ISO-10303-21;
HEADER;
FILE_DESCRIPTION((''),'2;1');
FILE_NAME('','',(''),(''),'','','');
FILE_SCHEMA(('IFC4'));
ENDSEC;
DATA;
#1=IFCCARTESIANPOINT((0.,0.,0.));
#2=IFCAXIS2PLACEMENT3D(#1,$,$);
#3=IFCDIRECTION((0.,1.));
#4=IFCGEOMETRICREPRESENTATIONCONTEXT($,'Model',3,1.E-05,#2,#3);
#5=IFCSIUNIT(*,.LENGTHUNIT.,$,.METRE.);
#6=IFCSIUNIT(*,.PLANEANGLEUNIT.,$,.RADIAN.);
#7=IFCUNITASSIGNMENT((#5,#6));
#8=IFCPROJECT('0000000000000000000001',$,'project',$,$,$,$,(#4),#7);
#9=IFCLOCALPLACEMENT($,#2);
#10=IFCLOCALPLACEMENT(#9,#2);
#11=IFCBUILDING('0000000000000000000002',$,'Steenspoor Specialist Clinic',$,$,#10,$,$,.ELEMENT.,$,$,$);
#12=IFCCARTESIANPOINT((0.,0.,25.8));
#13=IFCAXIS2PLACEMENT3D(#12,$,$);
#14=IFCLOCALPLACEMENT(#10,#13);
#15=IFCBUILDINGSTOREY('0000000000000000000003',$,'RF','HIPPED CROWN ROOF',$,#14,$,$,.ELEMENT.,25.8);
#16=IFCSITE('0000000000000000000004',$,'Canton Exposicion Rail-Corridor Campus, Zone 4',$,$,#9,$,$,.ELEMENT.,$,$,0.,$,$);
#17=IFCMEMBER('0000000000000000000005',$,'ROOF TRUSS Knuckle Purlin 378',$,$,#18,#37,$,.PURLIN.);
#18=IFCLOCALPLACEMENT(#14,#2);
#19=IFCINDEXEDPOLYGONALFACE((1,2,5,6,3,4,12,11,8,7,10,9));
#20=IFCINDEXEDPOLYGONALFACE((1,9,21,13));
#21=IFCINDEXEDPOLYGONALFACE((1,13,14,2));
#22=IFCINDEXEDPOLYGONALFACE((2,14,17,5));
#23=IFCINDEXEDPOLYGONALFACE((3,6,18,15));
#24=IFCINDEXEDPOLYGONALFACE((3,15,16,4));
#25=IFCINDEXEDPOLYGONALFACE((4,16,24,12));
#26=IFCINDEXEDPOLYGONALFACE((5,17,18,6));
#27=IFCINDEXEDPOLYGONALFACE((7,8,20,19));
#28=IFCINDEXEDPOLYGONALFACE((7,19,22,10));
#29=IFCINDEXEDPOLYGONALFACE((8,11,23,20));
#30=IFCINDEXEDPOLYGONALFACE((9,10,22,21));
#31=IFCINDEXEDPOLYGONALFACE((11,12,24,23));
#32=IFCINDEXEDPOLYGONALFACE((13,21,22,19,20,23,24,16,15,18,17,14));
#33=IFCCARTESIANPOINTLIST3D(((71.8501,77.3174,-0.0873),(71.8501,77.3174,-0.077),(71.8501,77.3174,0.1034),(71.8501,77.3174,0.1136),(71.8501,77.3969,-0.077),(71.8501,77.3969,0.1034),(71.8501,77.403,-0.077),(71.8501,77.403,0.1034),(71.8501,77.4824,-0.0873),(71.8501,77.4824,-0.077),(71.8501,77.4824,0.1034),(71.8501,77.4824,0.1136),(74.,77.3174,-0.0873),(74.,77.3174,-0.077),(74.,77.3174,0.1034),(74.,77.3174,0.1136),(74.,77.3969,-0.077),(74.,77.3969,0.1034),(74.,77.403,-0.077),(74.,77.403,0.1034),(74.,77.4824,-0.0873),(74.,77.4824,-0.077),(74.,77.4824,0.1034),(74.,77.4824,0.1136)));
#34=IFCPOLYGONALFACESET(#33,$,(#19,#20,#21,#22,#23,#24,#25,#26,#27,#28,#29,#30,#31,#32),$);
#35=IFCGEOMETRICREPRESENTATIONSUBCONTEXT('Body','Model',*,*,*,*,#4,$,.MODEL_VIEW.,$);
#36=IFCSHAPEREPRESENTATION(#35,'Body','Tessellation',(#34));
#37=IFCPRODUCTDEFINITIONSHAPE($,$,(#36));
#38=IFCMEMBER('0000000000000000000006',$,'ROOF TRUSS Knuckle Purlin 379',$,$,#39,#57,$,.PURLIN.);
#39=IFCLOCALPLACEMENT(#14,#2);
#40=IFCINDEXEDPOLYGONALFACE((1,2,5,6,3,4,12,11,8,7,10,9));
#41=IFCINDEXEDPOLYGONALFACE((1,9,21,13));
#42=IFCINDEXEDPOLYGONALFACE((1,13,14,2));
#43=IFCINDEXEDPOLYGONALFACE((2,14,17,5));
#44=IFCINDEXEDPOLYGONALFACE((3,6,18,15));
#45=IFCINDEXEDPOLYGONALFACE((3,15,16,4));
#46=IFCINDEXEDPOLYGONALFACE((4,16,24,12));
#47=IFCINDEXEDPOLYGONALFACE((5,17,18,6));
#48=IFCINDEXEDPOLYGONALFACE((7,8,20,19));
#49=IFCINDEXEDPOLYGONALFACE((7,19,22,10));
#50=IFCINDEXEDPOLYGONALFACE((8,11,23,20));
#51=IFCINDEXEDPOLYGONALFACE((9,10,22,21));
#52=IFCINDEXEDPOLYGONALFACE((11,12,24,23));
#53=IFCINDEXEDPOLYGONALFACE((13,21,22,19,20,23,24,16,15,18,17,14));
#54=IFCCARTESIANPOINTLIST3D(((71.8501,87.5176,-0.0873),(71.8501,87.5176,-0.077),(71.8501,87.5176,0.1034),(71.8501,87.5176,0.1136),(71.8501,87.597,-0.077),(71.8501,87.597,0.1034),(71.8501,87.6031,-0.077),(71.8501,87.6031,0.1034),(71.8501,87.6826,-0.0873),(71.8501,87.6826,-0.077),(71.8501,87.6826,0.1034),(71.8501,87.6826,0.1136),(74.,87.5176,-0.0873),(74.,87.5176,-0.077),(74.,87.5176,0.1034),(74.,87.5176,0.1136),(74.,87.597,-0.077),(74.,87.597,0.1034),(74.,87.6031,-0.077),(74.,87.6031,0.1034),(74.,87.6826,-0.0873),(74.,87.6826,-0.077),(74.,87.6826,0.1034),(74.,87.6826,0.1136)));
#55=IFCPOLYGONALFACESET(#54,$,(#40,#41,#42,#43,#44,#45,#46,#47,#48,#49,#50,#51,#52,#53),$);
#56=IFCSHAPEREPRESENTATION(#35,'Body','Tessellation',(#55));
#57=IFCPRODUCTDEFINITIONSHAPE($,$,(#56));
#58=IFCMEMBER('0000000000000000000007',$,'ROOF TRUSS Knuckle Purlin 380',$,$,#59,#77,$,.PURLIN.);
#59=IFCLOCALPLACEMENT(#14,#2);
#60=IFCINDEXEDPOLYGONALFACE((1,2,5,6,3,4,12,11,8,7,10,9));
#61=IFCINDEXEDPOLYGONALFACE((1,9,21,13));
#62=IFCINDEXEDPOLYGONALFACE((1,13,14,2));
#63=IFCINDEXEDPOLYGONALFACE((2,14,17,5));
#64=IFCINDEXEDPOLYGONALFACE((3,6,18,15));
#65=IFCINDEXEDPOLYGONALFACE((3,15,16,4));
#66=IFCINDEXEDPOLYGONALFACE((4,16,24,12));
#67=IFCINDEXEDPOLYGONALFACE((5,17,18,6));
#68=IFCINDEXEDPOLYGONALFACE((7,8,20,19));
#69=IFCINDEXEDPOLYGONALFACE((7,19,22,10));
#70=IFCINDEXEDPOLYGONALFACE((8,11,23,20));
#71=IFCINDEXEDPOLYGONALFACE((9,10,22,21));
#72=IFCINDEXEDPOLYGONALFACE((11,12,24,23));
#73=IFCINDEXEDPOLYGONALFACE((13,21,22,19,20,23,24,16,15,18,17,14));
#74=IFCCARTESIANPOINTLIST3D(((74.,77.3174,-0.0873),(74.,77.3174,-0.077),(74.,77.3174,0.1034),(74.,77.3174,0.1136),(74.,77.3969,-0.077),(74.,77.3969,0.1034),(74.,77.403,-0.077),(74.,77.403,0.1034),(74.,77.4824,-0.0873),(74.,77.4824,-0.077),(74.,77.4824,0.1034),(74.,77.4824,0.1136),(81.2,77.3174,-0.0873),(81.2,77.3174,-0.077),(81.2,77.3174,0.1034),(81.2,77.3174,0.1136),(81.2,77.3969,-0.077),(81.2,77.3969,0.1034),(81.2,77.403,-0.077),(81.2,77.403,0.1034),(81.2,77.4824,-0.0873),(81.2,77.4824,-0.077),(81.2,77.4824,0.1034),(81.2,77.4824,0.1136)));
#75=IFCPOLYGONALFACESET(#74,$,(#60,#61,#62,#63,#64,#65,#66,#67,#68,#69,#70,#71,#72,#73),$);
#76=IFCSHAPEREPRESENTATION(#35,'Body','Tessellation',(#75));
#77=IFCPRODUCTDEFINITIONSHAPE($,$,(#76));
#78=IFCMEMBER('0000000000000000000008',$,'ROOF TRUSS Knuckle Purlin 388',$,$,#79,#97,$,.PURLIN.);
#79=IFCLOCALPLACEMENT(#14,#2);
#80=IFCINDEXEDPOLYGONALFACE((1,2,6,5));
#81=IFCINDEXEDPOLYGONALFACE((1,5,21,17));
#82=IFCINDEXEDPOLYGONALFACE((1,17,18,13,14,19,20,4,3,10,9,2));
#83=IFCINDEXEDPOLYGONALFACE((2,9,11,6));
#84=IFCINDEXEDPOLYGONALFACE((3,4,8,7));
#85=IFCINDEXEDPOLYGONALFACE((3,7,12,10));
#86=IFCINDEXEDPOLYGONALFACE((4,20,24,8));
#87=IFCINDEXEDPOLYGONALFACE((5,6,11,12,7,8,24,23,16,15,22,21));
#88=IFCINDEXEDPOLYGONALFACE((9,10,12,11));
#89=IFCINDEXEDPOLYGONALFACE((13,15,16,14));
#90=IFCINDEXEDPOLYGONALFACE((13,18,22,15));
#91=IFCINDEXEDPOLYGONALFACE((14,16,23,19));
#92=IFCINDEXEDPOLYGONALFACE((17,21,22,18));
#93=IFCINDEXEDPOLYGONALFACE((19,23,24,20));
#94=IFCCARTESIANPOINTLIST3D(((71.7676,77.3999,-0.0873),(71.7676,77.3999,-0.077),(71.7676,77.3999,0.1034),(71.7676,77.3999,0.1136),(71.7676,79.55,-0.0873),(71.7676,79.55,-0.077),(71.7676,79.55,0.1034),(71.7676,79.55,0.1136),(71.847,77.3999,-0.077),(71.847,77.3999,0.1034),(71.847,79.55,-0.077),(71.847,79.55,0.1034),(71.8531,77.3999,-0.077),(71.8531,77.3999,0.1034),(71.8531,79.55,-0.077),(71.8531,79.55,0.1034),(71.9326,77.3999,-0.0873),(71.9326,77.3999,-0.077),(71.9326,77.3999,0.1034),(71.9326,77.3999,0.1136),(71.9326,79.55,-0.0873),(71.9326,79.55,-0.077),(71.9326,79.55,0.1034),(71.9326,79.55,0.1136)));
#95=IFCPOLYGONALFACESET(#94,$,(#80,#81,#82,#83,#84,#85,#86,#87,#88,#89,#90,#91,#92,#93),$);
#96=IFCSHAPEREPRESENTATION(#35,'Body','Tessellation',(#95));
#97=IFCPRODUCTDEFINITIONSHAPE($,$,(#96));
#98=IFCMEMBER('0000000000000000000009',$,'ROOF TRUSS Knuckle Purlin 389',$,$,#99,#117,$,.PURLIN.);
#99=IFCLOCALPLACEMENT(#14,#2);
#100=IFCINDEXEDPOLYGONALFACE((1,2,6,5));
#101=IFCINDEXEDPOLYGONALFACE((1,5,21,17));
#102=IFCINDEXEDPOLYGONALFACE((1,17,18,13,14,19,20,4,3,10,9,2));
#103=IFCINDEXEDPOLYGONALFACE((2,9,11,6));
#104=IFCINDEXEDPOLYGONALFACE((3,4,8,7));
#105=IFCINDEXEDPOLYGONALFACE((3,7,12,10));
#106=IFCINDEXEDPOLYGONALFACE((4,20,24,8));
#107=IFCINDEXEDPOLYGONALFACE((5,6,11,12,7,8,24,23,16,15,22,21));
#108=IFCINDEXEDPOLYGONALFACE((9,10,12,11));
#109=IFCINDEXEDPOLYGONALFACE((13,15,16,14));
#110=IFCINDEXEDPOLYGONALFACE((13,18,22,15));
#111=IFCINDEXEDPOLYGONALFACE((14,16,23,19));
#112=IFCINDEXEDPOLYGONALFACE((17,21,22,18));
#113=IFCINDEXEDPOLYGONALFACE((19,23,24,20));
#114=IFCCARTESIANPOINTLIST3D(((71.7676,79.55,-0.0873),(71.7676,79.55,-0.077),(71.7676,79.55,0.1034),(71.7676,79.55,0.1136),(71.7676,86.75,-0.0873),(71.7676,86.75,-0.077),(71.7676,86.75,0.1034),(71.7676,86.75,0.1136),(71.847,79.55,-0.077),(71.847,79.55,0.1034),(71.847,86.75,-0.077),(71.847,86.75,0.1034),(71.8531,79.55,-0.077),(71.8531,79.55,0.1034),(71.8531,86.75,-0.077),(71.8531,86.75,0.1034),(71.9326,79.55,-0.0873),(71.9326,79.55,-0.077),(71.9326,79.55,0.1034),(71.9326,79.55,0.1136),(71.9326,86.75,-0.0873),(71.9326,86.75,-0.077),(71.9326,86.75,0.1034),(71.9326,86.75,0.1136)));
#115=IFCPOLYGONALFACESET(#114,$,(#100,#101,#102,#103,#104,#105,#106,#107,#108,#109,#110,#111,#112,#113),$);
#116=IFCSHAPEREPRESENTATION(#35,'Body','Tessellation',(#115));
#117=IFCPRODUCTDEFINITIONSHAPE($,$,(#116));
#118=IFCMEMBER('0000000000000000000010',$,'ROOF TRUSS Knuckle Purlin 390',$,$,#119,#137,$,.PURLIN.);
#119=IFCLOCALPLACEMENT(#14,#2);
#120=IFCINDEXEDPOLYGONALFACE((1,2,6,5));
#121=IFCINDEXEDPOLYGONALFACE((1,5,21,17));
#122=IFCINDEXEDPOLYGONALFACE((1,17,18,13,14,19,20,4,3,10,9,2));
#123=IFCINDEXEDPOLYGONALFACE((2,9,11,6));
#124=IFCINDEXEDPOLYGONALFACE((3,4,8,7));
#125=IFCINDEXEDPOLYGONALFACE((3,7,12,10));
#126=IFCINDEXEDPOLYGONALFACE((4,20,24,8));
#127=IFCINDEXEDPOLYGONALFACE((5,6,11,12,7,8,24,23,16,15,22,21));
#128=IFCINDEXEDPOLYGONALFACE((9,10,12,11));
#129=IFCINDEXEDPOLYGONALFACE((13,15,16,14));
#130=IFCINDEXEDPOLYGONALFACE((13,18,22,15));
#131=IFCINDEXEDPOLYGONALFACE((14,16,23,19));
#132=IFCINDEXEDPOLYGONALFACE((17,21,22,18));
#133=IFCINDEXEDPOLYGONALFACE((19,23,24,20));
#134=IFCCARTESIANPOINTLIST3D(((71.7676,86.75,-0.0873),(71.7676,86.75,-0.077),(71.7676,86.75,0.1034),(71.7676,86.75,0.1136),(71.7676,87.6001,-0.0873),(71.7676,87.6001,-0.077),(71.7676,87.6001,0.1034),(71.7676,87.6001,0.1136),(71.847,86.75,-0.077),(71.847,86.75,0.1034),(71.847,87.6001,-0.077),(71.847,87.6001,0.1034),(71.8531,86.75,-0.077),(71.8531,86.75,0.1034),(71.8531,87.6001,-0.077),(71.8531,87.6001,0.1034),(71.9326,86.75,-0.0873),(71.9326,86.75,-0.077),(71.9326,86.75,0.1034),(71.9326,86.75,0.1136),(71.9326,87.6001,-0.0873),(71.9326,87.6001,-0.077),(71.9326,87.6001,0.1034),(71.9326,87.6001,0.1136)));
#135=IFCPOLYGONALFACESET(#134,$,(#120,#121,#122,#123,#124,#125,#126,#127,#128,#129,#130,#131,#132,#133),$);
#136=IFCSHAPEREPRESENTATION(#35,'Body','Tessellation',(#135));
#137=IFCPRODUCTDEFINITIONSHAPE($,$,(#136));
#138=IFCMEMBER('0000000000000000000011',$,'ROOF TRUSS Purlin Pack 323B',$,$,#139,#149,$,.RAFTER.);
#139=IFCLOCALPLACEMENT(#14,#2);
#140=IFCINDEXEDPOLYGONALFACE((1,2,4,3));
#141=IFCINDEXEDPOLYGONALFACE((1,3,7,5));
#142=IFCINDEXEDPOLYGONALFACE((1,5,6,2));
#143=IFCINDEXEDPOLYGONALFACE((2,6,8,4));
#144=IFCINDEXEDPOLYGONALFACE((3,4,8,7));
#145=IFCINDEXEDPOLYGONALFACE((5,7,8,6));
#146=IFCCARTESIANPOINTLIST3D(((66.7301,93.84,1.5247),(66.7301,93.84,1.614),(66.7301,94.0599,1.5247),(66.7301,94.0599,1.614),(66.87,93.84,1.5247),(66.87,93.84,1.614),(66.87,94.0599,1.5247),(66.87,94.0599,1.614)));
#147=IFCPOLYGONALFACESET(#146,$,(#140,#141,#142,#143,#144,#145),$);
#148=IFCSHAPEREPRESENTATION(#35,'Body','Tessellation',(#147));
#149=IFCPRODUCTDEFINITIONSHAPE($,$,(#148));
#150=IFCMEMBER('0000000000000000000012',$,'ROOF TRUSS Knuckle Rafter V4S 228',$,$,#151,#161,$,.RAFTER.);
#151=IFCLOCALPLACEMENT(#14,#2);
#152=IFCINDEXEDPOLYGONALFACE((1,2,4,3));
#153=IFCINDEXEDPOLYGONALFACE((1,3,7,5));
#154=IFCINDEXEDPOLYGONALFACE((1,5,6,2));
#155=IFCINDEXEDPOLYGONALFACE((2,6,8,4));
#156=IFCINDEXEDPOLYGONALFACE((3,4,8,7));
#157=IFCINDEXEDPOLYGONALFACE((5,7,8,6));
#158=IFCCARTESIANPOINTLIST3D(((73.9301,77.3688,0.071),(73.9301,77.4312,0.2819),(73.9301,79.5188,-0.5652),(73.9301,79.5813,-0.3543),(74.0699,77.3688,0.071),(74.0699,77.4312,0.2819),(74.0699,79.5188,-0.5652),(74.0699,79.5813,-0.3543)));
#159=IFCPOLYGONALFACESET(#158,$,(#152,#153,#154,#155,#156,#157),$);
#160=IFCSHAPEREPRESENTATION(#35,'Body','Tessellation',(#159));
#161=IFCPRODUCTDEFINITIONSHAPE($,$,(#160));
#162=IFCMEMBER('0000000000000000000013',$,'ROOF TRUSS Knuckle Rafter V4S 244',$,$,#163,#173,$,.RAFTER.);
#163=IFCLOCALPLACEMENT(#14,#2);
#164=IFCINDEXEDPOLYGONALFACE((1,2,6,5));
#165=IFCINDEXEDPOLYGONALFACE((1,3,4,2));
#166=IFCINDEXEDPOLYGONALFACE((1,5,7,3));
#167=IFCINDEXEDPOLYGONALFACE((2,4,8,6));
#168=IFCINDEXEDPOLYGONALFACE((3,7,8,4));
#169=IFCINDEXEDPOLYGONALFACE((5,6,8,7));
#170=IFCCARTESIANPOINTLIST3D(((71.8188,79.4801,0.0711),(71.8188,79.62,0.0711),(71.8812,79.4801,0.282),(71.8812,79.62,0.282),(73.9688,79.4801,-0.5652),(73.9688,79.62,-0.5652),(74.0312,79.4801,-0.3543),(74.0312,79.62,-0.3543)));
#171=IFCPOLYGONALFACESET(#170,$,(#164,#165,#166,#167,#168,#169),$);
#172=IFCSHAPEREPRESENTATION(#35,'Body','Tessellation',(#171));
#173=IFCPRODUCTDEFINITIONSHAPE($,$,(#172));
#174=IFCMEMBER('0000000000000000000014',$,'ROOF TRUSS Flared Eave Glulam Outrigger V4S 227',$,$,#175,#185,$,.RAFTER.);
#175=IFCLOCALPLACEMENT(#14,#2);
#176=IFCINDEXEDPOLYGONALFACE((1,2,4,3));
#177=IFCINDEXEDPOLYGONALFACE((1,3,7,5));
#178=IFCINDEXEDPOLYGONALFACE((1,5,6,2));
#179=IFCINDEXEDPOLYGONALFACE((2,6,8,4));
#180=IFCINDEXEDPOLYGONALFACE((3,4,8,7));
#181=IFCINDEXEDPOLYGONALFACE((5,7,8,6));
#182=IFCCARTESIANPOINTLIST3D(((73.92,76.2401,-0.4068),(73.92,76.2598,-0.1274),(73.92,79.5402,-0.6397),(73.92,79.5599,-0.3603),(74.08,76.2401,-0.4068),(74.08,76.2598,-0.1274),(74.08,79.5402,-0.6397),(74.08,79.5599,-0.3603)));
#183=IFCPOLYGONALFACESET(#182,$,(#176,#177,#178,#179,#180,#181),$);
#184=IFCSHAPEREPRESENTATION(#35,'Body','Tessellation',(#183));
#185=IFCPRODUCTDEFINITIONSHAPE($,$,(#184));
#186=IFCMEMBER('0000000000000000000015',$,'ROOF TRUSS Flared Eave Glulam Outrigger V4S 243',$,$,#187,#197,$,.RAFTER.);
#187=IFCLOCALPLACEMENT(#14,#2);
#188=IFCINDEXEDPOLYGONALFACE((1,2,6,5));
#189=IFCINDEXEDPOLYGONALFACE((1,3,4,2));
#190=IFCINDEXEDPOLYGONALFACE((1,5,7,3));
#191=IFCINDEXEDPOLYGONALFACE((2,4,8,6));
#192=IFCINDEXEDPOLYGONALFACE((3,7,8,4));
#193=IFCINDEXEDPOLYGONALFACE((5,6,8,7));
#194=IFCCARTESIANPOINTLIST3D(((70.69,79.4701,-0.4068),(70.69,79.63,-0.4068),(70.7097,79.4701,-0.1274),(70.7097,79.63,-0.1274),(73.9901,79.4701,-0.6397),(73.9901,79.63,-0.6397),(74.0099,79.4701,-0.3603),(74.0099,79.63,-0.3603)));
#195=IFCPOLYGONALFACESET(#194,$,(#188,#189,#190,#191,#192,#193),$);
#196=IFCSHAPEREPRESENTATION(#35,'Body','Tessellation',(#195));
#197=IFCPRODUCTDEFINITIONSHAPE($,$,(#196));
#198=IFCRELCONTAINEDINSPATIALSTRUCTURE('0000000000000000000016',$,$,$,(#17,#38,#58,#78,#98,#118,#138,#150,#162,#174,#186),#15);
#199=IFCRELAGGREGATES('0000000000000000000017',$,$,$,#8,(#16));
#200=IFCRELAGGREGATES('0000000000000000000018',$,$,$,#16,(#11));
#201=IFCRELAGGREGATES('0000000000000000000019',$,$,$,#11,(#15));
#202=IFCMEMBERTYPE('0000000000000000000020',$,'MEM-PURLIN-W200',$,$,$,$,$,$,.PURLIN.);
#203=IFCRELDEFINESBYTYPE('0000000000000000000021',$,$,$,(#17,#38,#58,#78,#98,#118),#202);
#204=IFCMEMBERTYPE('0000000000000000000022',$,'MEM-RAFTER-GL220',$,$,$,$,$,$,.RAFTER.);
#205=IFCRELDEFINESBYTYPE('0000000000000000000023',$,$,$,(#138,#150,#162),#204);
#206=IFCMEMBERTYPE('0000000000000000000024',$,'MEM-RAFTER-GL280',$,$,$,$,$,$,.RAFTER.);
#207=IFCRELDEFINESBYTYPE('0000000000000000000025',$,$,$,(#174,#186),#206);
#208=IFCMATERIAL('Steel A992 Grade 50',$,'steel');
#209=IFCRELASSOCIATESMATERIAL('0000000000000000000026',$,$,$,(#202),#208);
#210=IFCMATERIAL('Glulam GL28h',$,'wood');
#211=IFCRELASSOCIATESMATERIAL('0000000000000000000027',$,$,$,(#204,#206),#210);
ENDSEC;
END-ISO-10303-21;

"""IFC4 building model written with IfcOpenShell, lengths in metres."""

from ifc_helpers import new_model, si_unit, direction, frame, origin, origin_2d, place, context, subcontext, project, spatial, rectangle, i_section, extrude, material, material_profile, profile_set, type_object, element, save


model = new_model("IFC4")

# Units and contexts
model_context = context("Model", 3, precision=1e-05, world=origin(), true_north=direction((0.0, 1.0)))
body_context = subcontext(model_context, "Body", "Model", "MODEL_VIEW")
ifc_project = project(units=[si_unit("LENGTHUNIT", "METRE"), si_unit("PLANEANGLEUNIT", "RADIAN")], contexts=[model_context])

# Site, building, storey
site_placement = place(None, origin())
site = spatial("IfcSite", under=ifc_project, at=site_placement, Name="Canton Exposicion Rail-Corridor Campus, Zone 4", CompositionType="ELEMENT", RefElevation=0.0)
building_placement = place(site_placement, origin())
building = spatial("IfcBuilding", under=site, at=building_placement, Name="Steenspoor Specialist Clinic", CompositionType="ELEMENT")
storey_placement = place(building_placement, frame((0.0, 0.0, 25.8)))
storey = spatial("IfcBuildingStorey", under=building, at=storey_placement, Name="RF", Description="HIPPED CROWN ROOF", CompositionType="ELEMENT", Elevation=25.8)

# Members
ifc_material_1 = material(Name="Steel A992 Grade 50", Category="steel")
ifc_material_profile_1 = material_profile(ifc_material_1, i_section(OverallWidth=0.165, OverallDepth=0.2009, WebThickness=0.0061, FlangeThickness=0.0103, at=origin_2d()), Name="W200X36")
ifc_profile_set_1 = profile_set([ifc_material_profile_1], Name="Steel A992 Grade 50")
member_type_1 = type_object("IfcMemberType", Name="MEM-PURLIN-W200", PredefinedType="PURLIN", material=ifc_profile_set_1)
for number, where, z_axis, x_axis, name in (
    (1, (71.8501, 77.3999, 0.0132), (1.0, 0.0, 0.0), (0.0, 1.0, 0.0), "ROOF TRUSS Knuckle Purlin 378"),
    (2, (71.8501, 87.6001, 0.0132), (1.0, 0.0, 0.0), (0.0, 1.0, 0.0), "ROOF TRUSS Knuckle Purlin 379"),
):
    element("IfcMember", number, at=place(storey_placement, frame(where, z_axis=z_axis, x_axis=x_axis)), inside=storey, type_object=member_type_1, Name=name, PredefinedType="PURLIN", context=body_context, shape_type="SweptSolid", body=[
        extrude(i_section(OverallWidth=0.165, OverallDepth=0.2009, WebThickness=0.0061, FlangeThickness=0.0103, at=origin_2d()), origin(), (0.0, 0.0, 1.0), 2.1499),
    ])
member_1_placement = place(storey_placement, frame((74.0, 77.3999, 0.0132), z_axis=(1.0, 0.0, 0.0), x_axis=(0.0, 1.0, 0.0)))
element("IfcMember", 3, at=member_1_placement, inside=storey, type_object=member_type_1, Name="ROOF TRUSS Knuckle Purlin 380", PredefinedType="PURLIN", context=body_context, shape_type="SweptSolid", body=[
    extrude(i_section(OverallWidth=0.165, OverallDepth=0.2009, WebThickness=0.0061, FlangeThickness=0.0103, at=origin_2d()), origin(), (0.0, 0.0, 1.0), 7.2),
])
member_2_placement = place(storey_placement, frame((71.8501, 77.3999, 0.0132), z_axis=(0.0, 1.0, 0.0), x_axis=(-1.0, 0.0, 0.0)))
element("IfcMember", 4, at=member_2_placement, inside=storey, type_object=member_type_1, Name="ROOF TRUSS Knuckle Purlin 388", PredefinedType="PURLIN", context=body_context, shape_type="SweptSolid", body=[
    extrude(i_section(OverallWidth=0.165, OverallDepth=0.2009, WebThickness=0.0061, FlangeThickness=0.0103, at=origin_2d()), origin(), (0.0, 0.0, 1.0), 2.1501),
])
member_3_placement = place(storey_placement, frame((71.8501, 79.55, 0.0132), z_axis=(0.0, 1.0, 0.0), x_axis=(-1.0, 0.0, 0.0)))
element("IfcMember", 5, at=member_3_placement, inside=storey, type_object=member_type_1, Name="ROOF TRUSS Knuckle Purlin 389", PredefinedType="PURLIN", context=body_context, shape_type="SweptSolid", body=[
    extrude(i_section(OverallWidth=0.165, OverallDepth=0.2009, WebThickness=0.0061, FlangeThickness=0.0103, at=origin_2d()), origin(), (0.0, 0.0, 1.0), 7.2),
])
member_4_placement = place(storey_placement, frame((71.8501, 86.75, 0.0132), z_axis=(0.0, 1.0, 0.0), x_axis=(-1.0, 0.0, 0.0)))
element("IfcMember", 6, at=member_4_placement, inside=storey, type_object=member_type_1, Name="ROOF TRUSS Knuckle Purlin 390", PredefinedType="PURLIN", context=body_context, shape_type="SweptSolid", body=[
    extrude(i_section(OverallWidth=0.165, OverallDepth=0.2009, WebThickness=0.0061, FlangeThickness=0.0103, at=origin_2d()), origin(), (0.0, 0.0, 1.0), 0.8501),
])
ifc_material_2 = material(Name="Glulam GL28h", Category="wood")
ifc_material_profile_2 = material_profile(ifc_material_2, rectangle(XDim=0.1399, YDim=0.22, at=origin_2d()), Name="GL28H-140X220")
ifc_profile_set_2 = profile_set([ifc_material_profile_2], Name="Glulam GL28h")
member_type_2 = type_object("IfcMemberType", Name="MEM-RAFTER-GL220", PredefinedType="RAFTER", material=ifc_profile_set_2)
member_5_placement = place(storey_placement, frame((66.8, 93.95, 1.5247), z_axis=(0.0, 0.0, 1.0), x_axis=(1.0, 0.0, 0.0)))
element("IfcMember", 7, at=member_5_placement, inside=storey, type_object=member_type_2, Name="ROOF TRUSS Purlin Pack 323B", PredefinedType="RAFTER", context=body_context, shape_type="SweptSolid", body=[
    extrude(rectangle(XDim=0.1399, YDim=0.22, at=origin_2d()), origin(), (0.0, 0.0, 1.0), 0.0894),
])
for number, where, z_axis, x_axis, name in (
    (8, (74.0, 79.55, -0.4597), (0.0, -0.958901, 0.28374), (1.0, 0.0, 0.0), "ROOF TRUSS Knuckle Rafter V4S 228"),
    (9, (74.0, 79.55, -0.4597), (-0.958893, 0.0, 0.283769), (0.0, -1.0, 0.0), "ROOF TRUSS Knuckle Rafter V4S 244"),
):
    element("IfcMember", number, at=place(storey_placement, frame(where, z_axis=z_axis, x_axis=x_axis)), inside=storey, type_object=member_type_2, Name=name, PredefinedType="RAFTER", context=body_context, shape_type="SweptSolid", body=[
        extrude(rectangle(XDim=0.1399, YDim=0.22, at=origin_2d()), origin(), (0.0, 0.0, 1.0), 2.2422),
    ])
ifc_material_profile_3 = material_profile(ifc_material_2, rectangle(XDim=0.1599, YDim=0.28, at=origin_2d()), Name="GL28H-160X280")
ifc_profile_set_3 = profile_set([ifc_material_profile_3], Name="Glulam GL28h")
member_type_3 = type_object("IfcMemberType", Name="MEM-RAFTER-GL280", PredefinedType="RAFTER", material=ifc_profile_set_3)
for number, where, z_axis, x_axis, name in (
    (10, (74.0, 79.55, -0.5), (0.0, -0.997519, 0.070403), (1.0, 0.0, 0.0), "ROOF TRUSS Flared Eave Glulam Outrigger V4S 227"),
    (11, (74.0, 79.55, -0.5), (-0.997519, 0.0, 0.070403), (0.0, -1.0, 0.0), "ROOF TRUSS Flared Eave Glulam Outrigger V4S 243"),
):
    element("IfcMember", number, at=place(storey_placement, frame(where, z_axis=z_axis, x_axis=x_axis)), inside=storey, type_object=member_type_3, Name=name, PredefinedType="RAFTER", context=body_context, shape_type="SweptSolid", body=[
        extrude(rectangle(XDim=0.1599, YDim=0.28, at=origin_2d()), origin(), (0.0, 0.0, 1.0), 3.3083),
    ])

save(model, "model.ifc")
